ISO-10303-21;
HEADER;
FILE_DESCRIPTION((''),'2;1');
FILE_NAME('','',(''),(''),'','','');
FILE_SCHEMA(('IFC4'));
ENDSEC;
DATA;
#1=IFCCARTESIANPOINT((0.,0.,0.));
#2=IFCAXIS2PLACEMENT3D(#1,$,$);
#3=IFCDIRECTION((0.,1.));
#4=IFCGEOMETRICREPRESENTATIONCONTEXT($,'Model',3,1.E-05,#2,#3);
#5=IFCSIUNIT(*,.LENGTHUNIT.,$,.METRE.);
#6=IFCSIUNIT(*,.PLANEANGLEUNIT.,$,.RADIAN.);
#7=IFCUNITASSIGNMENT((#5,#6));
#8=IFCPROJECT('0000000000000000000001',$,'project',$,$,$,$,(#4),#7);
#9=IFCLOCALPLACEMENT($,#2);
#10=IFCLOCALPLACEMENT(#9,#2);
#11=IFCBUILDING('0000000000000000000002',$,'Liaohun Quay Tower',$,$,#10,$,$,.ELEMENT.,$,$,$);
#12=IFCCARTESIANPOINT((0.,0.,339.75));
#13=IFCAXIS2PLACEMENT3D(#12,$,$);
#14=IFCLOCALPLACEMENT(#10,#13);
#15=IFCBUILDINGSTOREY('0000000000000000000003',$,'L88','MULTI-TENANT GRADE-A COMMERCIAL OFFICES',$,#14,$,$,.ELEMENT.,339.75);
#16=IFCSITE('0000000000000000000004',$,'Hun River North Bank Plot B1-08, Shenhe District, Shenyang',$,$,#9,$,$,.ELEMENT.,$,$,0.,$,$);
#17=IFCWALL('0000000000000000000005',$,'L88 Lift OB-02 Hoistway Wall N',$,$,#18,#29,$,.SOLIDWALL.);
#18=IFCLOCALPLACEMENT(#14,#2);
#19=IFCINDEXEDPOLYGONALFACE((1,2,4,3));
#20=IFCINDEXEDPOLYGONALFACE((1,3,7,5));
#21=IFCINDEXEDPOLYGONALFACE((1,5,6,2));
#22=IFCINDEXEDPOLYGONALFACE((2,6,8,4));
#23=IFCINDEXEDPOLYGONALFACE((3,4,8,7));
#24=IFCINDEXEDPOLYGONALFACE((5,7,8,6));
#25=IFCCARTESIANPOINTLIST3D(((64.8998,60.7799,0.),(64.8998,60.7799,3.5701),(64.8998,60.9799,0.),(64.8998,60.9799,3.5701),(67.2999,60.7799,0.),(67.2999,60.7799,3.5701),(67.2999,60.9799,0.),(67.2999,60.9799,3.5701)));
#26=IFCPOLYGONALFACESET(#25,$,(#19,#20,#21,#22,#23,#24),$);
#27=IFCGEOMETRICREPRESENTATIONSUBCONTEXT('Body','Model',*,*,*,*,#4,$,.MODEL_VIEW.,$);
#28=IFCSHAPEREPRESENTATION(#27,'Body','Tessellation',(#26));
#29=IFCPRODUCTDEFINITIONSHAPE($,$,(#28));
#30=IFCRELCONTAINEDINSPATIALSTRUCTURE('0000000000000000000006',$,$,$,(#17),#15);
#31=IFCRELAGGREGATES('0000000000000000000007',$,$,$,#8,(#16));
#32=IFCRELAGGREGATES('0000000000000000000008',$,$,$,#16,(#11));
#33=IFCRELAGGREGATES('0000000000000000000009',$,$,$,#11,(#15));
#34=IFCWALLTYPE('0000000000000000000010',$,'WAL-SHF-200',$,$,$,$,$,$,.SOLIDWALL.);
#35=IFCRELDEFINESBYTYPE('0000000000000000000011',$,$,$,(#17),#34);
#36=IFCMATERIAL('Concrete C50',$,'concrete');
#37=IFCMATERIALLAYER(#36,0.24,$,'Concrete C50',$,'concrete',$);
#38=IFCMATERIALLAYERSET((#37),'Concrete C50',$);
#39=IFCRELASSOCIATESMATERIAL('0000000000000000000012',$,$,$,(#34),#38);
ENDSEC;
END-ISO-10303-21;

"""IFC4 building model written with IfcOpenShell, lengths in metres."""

from ifc_helpers import new_model, si_unit, direction, frame, frame_2d, origin, place, context, subcontext, project, spatial, rectangle, extrude, material, layer, layer_set, type_object, element, save


model = new_model("IFC4")

# Units and contexts
model_context = context("Model", 3, precision=1e-05, world=origin(), true_north=direction((0.0, 1.0)))
body_context = subcontext(model_context, "Body", "Model", "MODEL_VIEW")
ifc_project = project(units=[si_unit("LENGTHUNIT", "METRE"), si_unit("PLANEANGLEUNIT", "RADIAN")], contexts=[model_context])

# Site, building, storey
site_placement = place(None, origin())
site = spatial("IfcSite", under=ifc_project, at=site_placement, Name="Hun River North Bank Plot B1-08, Shenhe District, Shenyang", CompositionType="ELEMENT", RefElevation=0.0)
building_placement = place(site_placement, origin())
building = spatial("IfcBuilding", under=site, at=building_placement, Name="Liaohun Quay Tower", CompositionType="ELEMENT")
storey_placement = place(building_placement, frame((0.0, 0.0, 339.75)))
storey = spatial("IfcBuildingStorey", under=building, at=storey_placement, Name="L88", Description="MULTI-TENANT GRADE-A COMMERCIAL OFFICES", CompositionType="ELEMENT", Elevation=339.75)

# Shared definitions
ifc_material_1 = material(Name="Concrete C50", Category="concrete")

# Wall
ifc_layer_1 = layer(ifc_material_1, 0.24, Name="Concrete C50", Category="concrete")
ifc_layer_set_1 = layer_set([ifc_layer_1], Name="Concrete C50")
wall_type_1 = type_object("IfcWallType", Name="WAL-SHF-200", PredefinedType="SOLIDWALL", material=ifc_layer_set_1)
wall_1_placement = place(storey_placement, frame((67.3, 60.8799, 0.0), z_axis=(0.0, 0.0, 1.0), x_axis=(-1.0, 0.0, 0.0)))
element("IfcWall", 1, at=wall_1_placement, inside=storey, type_object=wall_type_1, Name="L88 Lift OB-02 Hoistway Wall N", PredefinedType="SOLIDWALL", context=body_context, shape_type="SweptSolid", body=[
    extrude(rectangle(XDim=2.4001, YDim=0.2, at=frame_2d((1.2002, 0.0))), origin(), (0.0, 0.0, 1.0), 3.5701),
])

save(model, "model.ifc")
